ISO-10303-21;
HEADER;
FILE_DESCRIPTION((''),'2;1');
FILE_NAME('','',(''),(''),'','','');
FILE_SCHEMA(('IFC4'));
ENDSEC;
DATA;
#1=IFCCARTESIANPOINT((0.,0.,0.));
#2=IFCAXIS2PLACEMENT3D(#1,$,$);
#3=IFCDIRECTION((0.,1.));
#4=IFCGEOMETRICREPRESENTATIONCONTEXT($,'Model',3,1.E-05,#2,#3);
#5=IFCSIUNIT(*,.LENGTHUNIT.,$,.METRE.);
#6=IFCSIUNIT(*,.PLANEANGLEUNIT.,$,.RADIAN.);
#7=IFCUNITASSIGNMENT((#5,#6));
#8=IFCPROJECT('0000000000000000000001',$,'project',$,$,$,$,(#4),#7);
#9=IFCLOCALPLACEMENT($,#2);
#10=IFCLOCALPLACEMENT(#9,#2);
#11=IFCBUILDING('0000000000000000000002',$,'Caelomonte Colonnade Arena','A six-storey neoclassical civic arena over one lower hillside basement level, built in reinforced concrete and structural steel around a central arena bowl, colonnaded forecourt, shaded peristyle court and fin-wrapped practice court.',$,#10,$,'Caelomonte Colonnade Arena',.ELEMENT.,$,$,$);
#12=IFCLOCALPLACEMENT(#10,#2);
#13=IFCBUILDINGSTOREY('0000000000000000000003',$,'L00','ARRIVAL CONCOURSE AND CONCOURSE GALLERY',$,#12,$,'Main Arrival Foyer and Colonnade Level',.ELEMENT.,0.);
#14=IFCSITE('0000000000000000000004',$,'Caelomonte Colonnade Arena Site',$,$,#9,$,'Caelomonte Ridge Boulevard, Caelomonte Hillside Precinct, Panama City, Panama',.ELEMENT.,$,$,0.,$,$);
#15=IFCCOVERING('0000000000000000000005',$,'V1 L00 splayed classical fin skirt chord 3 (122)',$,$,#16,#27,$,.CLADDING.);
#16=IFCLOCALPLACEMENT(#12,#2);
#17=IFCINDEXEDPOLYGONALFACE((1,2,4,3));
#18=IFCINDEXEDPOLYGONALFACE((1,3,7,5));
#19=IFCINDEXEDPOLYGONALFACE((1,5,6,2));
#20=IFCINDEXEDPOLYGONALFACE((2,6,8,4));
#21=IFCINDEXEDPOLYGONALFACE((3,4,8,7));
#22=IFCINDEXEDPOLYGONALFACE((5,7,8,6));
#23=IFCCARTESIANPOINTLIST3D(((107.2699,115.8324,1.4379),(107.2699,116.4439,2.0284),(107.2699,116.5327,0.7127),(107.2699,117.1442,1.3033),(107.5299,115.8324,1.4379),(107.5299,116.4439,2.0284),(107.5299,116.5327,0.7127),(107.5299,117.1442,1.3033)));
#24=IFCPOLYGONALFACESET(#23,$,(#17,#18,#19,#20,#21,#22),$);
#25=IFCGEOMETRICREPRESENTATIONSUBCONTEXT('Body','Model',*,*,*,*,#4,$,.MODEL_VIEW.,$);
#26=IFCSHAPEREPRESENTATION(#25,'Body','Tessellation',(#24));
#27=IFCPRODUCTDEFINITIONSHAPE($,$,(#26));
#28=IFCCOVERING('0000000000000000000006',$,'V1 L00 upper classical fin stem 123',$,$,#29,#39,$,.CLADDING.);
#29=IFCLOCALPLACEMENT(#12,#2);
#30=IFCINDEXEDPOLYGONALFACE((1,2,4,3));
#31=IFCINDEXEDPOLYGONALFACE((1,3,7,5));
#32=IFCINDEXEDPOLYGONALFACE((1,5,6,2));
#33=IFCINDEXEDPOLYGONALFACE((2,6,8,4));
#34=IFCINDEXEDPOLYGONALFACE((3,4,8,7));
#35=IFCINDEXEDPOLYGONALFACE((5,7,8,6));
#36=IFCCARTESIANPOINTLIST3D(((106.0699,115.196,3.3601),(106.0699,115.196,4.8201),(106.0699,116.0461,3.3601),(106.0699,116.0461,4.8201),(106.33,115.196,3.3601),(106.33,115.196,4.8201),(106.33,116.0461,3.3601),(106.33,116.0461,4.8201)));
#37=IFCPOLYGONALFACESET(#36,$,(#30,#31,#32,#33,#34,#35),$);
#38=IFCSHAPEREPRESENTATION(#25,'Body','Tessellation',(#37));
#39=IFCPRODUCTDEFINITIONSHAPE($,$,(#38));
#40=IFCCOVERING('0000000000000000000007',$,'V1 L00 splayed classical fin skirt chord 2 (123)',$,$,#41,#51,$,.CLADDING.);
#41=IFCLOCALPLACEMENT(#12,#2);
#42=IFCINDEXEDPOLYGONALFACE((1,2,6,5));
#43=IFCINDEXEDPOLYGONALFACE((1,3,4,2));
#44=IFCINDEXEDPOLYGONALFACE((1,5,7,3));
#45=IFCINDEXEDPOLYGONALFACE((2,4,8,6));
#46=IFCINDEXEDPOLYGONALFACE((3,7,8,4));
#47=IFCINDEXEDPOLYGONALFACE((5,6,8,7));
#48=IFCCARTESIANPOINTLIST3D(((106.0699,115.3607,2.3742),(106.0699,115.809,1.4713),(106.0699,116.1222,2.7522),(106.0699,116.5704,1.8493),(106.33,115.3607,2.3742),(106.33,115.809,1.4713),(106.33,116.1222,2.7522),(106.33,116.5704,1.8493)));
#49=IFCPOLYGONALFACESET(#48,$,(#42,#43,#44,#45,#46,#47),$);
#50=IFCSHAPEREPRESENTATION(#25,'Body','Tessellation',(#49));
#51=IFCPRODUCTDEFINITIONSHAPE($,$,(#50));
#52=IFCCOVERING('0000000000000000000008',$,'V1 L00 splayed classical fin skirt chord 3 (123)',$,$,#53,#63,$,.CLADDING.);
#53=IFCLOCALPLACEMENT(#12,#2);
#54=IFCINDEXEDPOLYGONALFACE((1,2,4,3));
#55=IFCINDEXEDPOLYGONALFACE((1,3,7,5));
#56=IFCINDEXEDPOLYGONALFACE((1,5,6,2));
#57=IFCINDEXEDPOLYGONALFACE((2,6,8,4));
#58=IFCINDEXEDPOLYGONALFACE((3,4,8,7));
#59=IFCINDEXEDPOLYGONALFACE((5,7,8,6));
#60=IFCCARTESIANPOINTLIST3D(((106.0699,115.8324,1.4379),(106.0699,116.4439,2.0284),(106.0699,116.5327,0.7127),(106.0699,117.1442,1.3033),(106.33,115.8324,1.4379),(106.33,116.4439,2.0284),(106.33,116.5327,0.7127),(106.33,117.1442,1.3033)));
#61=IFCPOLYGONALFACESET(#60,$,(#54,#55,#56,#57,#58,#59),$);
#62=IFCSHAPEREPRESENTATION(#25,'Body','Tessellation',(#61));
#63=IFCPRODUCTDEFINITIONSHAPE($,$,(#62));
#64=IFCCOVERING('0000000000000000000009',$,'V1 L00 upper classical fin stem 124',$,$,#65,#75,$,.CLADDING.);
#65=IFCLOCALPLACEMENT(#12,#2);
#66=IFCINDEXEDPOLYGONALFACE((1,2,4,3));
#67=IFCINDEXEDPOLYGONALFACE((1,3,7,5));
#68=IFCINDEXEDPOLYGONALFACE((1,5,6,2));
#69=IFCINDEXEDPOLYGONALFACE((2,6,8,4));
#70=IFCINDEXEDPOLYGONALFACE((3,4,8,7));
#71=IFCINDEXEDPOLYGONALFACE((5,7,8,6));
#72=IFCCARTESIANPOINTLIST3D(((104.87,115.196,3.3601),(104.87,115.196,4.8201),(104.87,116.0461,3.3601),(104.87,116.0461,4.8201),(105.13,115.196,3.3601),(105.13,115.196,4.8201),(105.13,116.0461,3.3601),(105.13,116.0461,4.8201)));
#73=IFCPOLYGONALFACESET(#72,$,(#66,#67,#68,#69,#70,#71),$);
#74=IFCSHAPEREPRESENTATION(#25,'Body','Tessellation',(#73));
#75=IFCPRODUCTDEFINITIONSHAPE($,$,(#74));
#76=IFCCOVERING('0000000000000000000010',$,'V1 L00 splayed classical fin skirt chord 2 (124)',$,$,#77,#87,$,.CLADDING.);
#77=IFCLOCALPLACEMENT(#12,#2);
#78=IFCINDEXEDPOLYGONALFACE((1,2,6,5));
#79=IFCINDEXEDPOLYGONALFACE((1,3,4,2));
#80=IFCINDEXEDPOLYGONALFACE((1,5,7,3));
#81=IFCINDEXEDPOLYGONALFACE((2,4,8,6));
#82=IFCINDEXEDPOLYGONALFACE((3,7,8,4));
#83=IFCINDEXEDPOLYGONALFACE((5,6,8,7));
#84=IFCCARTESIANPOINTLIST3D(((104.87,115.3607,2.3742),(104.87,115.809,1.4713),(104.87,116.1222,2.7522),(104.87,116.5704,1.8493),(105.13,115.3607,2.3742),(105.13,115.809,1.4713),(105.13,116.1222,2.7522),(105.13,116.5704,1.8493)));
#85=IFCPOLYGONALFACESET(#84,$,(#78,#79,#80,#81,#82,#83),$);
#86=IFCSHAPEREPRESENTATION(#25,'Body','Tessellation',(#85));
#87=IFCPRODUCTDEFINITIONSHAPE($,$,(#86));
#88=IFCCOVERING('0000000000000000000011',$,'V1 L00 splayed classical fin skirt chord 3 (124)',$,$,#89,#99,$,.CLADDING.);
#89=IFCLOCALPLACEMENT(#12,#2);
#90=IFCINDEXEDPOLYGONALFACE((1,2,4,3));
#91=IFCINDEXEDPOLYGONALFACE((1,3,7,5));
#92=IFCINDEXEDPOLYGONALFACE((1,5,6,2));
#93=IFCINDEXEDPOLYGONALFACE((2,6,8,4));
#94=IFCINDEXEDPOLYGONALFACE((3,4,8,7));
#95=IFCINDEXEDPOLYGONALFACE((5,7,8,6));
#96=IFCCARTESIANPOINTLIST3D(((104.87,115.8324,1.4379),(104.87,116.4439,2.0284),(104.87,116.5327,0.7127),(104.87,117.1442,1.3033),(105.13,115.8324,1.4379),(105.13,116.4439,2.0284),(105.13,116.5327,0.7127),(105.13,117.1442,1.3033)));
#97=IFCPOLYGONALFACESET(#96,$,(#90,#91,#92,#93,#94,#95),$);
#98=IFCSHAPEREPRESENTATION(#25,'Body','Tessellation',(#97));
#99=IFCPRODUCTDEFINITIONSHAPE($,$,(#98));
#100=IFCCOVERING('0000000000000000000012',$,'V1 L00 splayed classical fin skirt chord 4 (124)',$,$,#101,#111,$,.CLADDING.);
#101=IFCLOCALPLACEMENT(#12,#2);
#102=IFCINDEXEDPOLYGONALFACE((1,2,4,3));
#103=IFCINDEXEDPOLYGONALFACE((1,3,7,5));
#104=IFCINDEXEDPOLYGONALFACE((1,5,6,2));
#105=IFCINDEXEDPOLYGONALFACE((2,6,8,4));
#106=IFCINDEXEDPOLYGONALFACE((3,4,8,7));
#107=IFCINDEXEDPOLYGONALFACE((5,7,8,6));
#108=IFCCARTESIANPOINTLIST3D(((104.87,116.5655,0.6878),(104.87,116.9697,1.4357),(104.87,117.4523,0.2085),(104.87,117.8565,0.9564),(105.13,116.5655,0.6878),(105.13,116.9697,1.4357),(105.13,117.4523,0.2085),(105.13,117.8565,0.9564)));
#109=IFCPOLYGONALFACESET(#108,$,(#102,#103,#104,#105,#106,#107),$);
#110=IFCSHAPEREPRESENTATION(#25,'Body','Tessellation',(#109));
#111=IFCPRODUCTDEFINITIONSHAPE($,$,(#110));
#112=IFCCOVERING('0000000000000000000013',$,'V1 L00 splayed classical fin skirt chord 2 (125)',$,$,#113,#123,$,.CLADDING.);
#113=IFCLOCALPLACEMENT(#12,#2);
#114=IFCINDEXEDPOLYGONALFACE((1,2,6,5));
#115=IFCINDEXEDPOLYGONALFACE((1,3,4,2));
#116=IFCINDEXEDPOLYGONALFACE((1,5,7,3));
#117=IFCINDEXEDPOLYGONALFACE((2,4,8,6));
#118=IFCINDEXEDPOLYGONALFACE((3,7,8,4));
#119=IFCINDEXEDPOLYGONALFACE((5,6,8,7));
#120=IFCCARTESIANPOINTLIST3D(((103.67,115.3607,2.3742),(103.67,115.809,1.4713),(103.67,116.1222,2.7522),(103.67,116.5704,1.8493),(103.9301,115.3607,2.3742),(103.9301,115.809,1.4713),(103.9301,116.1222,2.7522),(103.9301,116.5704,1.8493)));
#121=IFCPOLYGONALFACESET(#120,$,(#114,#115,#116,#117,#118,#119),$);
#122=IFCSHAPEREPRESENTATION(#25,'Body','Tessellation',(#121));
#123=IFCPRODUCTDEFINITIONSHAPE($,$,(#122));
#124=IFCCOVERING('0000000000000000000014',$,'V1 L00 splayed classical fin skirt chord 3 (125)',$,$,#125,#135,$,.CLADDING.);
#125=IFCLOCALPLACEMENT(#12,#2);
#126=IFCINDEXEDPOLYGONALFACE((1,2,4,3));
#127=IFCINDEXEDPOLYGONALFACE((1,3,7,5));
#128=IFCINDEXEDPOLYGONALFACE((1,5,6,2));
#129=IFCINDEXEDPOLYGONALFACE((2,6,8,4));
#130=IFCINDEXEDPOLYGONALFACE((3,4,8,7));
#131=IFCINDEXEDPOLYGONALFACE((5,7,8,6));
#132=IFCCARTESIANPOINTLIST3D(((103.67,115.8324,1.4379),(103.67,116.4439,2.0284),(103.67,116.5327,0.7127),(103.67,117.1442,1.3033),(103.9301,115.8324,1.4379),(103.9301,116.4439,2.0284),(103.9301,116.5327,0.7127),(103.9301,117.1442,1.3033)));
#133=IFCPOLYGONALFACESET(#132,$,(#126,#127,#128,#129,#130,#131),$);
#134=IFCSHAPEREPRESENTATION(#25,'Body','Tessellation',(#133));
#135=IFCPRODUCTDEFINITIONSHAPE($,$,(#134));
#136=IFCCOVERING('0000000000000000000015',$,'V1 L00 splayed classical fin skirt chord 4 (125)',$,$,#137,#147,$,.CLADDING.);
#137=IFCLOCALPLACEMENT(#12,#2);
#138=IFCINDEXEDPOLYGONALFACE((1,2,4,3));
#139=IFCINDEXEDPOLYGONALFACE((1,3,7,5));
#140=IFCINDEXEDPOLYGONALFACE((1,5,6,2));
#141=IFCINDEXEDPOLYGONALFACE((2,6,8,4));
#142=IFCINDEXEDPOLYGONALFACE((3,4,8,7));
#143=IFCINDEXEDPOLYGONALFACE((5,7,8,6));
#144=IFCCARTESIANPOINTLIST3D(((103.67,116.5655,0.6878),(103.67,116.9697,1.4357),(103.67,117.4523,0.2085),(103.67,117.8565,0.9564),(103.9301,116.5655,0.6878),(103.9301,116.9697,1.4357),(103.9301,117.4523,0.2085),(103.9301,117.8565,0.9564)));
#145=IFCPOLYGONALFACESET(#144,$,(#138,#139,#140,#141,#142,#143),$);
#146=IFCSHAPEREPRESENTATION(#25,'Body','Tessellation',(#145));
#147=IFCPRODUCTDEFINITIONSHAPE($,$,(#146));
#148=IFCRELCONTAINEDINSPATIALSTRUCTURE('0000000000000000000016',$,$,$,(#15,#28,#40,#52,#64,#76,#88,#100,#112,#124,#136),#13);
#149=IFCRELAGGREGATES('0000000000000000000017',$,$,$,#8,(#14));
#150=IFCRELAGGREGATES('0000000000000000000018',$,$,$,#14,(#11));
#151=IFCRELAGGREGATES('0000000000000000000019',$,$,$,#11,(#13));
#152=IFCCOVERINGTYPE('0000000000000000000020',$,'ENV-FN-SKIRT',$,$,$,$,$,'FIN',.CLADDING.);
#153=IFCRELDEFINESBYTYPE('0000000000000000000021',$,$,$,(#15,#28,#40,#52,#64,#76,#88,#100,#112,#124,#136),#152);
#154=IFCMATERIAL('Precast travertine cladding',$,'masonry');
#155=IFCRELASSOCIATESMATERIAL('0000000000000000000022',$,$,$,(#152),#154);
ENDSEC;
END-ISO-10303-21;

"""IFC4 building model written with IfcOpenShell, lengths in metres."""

from ifc_helpers import new_model, si_unit, direction, frame, origin, origin_2d, place, context, subcontext, project, spatial, rectangle, extrude, material, material_profile, profile_set, type_object, element, save


model = new_model("IFC4")

# Units and contexts
model_context = context("Model", 3, precision=1e-05, world=origin(), true_north=direction((0.0, 1.0)))
body_context = subcontext(model_context, "Body", "Model", "MODEL_VIEW")
ifc_project = project(units=[si_unit("LENGTHUNIT", "METRE"), si_unit("PLANEANGLEUNIT", "RADIAN")], contexts=[model_context])

# Site, building, storey
site_placement = place(None, origin())
site = spatial("IfcSite", under=ifc_project, at=site_placement, Name="Caelomonte Colonnade Arena Site", LongName="Caelomonte Ridge Boulevard, Caelomonte Hillside Precinct, Panama City, Panama", CompositionType="ELEMENT", RefElevation=0.0)
building_placement = place(site_placement, origin())
building = spatial("IfcBuilding", under=site, at=building_placement, Name="Caelomonte Colonnade Arena", Description="A six-storey neoclassical civic arena over one lower hillside basement level, built in reinforced concrete and structural steel around a central arena bowl, colonnaded forecourt, shaded peristyle court and fin-wrapped practice court.", LongName="Caelomonte Colonnade Arena", CompositionType="ELEMENT")
storey_placement = place(building_placement, origin())
storey = spatial("IfcBuildingStorey", under=building, at=storey_placement, Name="L00", Description="ARRIVAL CONCOURSE AND CONCOURSE GALLERY", LongName="Main Arrival Foyer and Colonnade Level", CompositionType="ELEMENT", Elevation=0.0)

# Coverings
ifc_material = material(Name="Precast travertine cladding", Category="masonry")
ifc_material_profile = material_profile(ifc_material, rectangle(XDim=0.26, YDim=0.8501, at=origin_2d()), Name="FIN260X850")
ifc_profile_set = profile_set([ifc_material_profile], Name="Precast travertine cladding")
covering_type = type_object("IfcCoveringType", Name="ENV-FN-SKIRT", ElementType="FIN", PredefinedType="CLADDING", material=ifc_profile_set)
for number, where, z_axis, x_axis, name in (
    (1, (107.3999, 116.1382, 1.7332), (0.0, 0.694646, -0.719351), (-1.0, 0.0, 0.0), "V1 L00 splayed classical fin skirt chord 3 (122)"),
):
    element("IfcCovering", number, at=place(storey_placement, frame(where, z_axis=z_axis, x_axis=x_axis)), inside=storey, type_object=covering_type, Name=name, PredefinedType="CLADDING", context=body_context, shape_type="SweptSolid", body=[
        extrude(rectangle(XDim=0.26, YDim=0.8501, at=origin_2d()), origin(), (0.0, 0.0, 1.0), 1.0081),
    ])
covering_1_placement = place(storey_placement, frame((106.2, 115.6211, 3.3601), z_axis=(0.0, 0.0, 1.0), x_axis=(1.0, 0.0, 0.0)))
element("IfcCovering", 2, at=covering_1_placement, inside=storey, type_object=covering_type, Name="V1 L00 upper classical fin stem 123", PredefinedType="CLADDING", context=body_context, shape_type="SweptSolid", body=[
    extrude(rectangle(XDim=0.26, YDim=0.8501, at=origin_2d()), origin(), (0.0, 0.0, 1.0), 1.46),
])
for number, where, z_axis, x_axis, name in (
    (3, (106.2, 115.7415, 2.5632), (0.0, 0.444693, -0.895683), (-1.0, 0.0, 0.0), "V1 L00 splayed classical fin skirt chord 2 (123)"),
    (4, (106.2, 116.1382, 1.7332), (0.0, 0.694646, -0.719351), (-1.0, 0.0, 0.0), "V1 L00 splayed classical fin skirt chord 3 (123)"),
):
    element("IfcCovering", number, at=place(storey_placement, frame(where, z_axis=z_axis, x_axis=x_axis)), inside=storey, type_object=covering_type, Name=name, PredefinedType="CLADDING", context=body_context, shape_type="SweptSolid", body=[
        extrude(rectangle(XDim=0.26, YDim=0.8501, at=origin_2d()), origin(), (0.0, 0.0, 1.0), 1.0081),
    ])
covering_2_placement = place(storey_placement, frame((105.0, 115.6211, 3.3601), z_axis=(0.0, 0.0, 1.0), x_axis=(1.0, 0.0, 0.0)))
element("IfcCovering", 5, at=covering_2_placement, inside=storey, type_object=covering_type, Name="V1 L00 upper classical fin stem 124", PredefinedType="CLADDING", context=body_context, shape_type="SweptSolid", body=[
    extrude(rectangle(XDim=0.26, YDim=0.8501, at=origin_2d()), origin(), (0.0, 0.0, 1.0), 1.46),
])
for number, where, z_axis, x_axis, name in (
    (6, (105.0, 115.7415, 2.5632), (0.0, 0.444693, -0.895683), (-1.0, 0.0, 0.0), "V1 L00 splayed classical fin skirt chord 2 (124)"),
    (7, (105.0, 116.1382, 1.7332), (0.0, 0.694646, -0.719351), (-1.0, 0.0, 0.0), "V1 L00 splayed classical fin skirt chord 3 (124)"),
    (8, (105.0, 116.7676, 1.0618), (0.0, 0.879731, -0.475471), (-1.0, 0.0, 0.0), "V1 L00 splayed classical fin skirt chord 4 (124)"),
    (9, (103.8, 115.7415, 2.5632), (0.0, 0.444693, -0.895683), (-1.0, 0.0, 0.0), "V1 L00 splayed classical fin skirt chord 2 (125)"),
    (10, (103.8, 116.1382, 1.7332), (0.0, 0.694646, -0.719351), (-1.0, 0.0, 0.0), "V1 L00 splayed classical fin skirt chord 3 (125)"),
    (11, (103.8, 116.7676, 1.0618), (0.0, 0.879731, -0.475471), (-1.0, 0.0, 0.0), "V1 L00 splayed classical fin skirt chord 4 (125)"),
):
    element("IfcCovering", number, at=place(storey_placement, frame(where, z_axis=z_axis, x_axis=x_axis)), inside=storey, type_object=covering_type, Name=name, PredefinedType="CLADDING", context=body_context, shape_type="SweptSolid", body=[
        extrude(rectangle(XDim=0.26, YDim=0.8501, at=origin_2d()), origin(), (0.0, 0.0, 1.0), 1.0081),
    ])

save(model, "model.ifc")
